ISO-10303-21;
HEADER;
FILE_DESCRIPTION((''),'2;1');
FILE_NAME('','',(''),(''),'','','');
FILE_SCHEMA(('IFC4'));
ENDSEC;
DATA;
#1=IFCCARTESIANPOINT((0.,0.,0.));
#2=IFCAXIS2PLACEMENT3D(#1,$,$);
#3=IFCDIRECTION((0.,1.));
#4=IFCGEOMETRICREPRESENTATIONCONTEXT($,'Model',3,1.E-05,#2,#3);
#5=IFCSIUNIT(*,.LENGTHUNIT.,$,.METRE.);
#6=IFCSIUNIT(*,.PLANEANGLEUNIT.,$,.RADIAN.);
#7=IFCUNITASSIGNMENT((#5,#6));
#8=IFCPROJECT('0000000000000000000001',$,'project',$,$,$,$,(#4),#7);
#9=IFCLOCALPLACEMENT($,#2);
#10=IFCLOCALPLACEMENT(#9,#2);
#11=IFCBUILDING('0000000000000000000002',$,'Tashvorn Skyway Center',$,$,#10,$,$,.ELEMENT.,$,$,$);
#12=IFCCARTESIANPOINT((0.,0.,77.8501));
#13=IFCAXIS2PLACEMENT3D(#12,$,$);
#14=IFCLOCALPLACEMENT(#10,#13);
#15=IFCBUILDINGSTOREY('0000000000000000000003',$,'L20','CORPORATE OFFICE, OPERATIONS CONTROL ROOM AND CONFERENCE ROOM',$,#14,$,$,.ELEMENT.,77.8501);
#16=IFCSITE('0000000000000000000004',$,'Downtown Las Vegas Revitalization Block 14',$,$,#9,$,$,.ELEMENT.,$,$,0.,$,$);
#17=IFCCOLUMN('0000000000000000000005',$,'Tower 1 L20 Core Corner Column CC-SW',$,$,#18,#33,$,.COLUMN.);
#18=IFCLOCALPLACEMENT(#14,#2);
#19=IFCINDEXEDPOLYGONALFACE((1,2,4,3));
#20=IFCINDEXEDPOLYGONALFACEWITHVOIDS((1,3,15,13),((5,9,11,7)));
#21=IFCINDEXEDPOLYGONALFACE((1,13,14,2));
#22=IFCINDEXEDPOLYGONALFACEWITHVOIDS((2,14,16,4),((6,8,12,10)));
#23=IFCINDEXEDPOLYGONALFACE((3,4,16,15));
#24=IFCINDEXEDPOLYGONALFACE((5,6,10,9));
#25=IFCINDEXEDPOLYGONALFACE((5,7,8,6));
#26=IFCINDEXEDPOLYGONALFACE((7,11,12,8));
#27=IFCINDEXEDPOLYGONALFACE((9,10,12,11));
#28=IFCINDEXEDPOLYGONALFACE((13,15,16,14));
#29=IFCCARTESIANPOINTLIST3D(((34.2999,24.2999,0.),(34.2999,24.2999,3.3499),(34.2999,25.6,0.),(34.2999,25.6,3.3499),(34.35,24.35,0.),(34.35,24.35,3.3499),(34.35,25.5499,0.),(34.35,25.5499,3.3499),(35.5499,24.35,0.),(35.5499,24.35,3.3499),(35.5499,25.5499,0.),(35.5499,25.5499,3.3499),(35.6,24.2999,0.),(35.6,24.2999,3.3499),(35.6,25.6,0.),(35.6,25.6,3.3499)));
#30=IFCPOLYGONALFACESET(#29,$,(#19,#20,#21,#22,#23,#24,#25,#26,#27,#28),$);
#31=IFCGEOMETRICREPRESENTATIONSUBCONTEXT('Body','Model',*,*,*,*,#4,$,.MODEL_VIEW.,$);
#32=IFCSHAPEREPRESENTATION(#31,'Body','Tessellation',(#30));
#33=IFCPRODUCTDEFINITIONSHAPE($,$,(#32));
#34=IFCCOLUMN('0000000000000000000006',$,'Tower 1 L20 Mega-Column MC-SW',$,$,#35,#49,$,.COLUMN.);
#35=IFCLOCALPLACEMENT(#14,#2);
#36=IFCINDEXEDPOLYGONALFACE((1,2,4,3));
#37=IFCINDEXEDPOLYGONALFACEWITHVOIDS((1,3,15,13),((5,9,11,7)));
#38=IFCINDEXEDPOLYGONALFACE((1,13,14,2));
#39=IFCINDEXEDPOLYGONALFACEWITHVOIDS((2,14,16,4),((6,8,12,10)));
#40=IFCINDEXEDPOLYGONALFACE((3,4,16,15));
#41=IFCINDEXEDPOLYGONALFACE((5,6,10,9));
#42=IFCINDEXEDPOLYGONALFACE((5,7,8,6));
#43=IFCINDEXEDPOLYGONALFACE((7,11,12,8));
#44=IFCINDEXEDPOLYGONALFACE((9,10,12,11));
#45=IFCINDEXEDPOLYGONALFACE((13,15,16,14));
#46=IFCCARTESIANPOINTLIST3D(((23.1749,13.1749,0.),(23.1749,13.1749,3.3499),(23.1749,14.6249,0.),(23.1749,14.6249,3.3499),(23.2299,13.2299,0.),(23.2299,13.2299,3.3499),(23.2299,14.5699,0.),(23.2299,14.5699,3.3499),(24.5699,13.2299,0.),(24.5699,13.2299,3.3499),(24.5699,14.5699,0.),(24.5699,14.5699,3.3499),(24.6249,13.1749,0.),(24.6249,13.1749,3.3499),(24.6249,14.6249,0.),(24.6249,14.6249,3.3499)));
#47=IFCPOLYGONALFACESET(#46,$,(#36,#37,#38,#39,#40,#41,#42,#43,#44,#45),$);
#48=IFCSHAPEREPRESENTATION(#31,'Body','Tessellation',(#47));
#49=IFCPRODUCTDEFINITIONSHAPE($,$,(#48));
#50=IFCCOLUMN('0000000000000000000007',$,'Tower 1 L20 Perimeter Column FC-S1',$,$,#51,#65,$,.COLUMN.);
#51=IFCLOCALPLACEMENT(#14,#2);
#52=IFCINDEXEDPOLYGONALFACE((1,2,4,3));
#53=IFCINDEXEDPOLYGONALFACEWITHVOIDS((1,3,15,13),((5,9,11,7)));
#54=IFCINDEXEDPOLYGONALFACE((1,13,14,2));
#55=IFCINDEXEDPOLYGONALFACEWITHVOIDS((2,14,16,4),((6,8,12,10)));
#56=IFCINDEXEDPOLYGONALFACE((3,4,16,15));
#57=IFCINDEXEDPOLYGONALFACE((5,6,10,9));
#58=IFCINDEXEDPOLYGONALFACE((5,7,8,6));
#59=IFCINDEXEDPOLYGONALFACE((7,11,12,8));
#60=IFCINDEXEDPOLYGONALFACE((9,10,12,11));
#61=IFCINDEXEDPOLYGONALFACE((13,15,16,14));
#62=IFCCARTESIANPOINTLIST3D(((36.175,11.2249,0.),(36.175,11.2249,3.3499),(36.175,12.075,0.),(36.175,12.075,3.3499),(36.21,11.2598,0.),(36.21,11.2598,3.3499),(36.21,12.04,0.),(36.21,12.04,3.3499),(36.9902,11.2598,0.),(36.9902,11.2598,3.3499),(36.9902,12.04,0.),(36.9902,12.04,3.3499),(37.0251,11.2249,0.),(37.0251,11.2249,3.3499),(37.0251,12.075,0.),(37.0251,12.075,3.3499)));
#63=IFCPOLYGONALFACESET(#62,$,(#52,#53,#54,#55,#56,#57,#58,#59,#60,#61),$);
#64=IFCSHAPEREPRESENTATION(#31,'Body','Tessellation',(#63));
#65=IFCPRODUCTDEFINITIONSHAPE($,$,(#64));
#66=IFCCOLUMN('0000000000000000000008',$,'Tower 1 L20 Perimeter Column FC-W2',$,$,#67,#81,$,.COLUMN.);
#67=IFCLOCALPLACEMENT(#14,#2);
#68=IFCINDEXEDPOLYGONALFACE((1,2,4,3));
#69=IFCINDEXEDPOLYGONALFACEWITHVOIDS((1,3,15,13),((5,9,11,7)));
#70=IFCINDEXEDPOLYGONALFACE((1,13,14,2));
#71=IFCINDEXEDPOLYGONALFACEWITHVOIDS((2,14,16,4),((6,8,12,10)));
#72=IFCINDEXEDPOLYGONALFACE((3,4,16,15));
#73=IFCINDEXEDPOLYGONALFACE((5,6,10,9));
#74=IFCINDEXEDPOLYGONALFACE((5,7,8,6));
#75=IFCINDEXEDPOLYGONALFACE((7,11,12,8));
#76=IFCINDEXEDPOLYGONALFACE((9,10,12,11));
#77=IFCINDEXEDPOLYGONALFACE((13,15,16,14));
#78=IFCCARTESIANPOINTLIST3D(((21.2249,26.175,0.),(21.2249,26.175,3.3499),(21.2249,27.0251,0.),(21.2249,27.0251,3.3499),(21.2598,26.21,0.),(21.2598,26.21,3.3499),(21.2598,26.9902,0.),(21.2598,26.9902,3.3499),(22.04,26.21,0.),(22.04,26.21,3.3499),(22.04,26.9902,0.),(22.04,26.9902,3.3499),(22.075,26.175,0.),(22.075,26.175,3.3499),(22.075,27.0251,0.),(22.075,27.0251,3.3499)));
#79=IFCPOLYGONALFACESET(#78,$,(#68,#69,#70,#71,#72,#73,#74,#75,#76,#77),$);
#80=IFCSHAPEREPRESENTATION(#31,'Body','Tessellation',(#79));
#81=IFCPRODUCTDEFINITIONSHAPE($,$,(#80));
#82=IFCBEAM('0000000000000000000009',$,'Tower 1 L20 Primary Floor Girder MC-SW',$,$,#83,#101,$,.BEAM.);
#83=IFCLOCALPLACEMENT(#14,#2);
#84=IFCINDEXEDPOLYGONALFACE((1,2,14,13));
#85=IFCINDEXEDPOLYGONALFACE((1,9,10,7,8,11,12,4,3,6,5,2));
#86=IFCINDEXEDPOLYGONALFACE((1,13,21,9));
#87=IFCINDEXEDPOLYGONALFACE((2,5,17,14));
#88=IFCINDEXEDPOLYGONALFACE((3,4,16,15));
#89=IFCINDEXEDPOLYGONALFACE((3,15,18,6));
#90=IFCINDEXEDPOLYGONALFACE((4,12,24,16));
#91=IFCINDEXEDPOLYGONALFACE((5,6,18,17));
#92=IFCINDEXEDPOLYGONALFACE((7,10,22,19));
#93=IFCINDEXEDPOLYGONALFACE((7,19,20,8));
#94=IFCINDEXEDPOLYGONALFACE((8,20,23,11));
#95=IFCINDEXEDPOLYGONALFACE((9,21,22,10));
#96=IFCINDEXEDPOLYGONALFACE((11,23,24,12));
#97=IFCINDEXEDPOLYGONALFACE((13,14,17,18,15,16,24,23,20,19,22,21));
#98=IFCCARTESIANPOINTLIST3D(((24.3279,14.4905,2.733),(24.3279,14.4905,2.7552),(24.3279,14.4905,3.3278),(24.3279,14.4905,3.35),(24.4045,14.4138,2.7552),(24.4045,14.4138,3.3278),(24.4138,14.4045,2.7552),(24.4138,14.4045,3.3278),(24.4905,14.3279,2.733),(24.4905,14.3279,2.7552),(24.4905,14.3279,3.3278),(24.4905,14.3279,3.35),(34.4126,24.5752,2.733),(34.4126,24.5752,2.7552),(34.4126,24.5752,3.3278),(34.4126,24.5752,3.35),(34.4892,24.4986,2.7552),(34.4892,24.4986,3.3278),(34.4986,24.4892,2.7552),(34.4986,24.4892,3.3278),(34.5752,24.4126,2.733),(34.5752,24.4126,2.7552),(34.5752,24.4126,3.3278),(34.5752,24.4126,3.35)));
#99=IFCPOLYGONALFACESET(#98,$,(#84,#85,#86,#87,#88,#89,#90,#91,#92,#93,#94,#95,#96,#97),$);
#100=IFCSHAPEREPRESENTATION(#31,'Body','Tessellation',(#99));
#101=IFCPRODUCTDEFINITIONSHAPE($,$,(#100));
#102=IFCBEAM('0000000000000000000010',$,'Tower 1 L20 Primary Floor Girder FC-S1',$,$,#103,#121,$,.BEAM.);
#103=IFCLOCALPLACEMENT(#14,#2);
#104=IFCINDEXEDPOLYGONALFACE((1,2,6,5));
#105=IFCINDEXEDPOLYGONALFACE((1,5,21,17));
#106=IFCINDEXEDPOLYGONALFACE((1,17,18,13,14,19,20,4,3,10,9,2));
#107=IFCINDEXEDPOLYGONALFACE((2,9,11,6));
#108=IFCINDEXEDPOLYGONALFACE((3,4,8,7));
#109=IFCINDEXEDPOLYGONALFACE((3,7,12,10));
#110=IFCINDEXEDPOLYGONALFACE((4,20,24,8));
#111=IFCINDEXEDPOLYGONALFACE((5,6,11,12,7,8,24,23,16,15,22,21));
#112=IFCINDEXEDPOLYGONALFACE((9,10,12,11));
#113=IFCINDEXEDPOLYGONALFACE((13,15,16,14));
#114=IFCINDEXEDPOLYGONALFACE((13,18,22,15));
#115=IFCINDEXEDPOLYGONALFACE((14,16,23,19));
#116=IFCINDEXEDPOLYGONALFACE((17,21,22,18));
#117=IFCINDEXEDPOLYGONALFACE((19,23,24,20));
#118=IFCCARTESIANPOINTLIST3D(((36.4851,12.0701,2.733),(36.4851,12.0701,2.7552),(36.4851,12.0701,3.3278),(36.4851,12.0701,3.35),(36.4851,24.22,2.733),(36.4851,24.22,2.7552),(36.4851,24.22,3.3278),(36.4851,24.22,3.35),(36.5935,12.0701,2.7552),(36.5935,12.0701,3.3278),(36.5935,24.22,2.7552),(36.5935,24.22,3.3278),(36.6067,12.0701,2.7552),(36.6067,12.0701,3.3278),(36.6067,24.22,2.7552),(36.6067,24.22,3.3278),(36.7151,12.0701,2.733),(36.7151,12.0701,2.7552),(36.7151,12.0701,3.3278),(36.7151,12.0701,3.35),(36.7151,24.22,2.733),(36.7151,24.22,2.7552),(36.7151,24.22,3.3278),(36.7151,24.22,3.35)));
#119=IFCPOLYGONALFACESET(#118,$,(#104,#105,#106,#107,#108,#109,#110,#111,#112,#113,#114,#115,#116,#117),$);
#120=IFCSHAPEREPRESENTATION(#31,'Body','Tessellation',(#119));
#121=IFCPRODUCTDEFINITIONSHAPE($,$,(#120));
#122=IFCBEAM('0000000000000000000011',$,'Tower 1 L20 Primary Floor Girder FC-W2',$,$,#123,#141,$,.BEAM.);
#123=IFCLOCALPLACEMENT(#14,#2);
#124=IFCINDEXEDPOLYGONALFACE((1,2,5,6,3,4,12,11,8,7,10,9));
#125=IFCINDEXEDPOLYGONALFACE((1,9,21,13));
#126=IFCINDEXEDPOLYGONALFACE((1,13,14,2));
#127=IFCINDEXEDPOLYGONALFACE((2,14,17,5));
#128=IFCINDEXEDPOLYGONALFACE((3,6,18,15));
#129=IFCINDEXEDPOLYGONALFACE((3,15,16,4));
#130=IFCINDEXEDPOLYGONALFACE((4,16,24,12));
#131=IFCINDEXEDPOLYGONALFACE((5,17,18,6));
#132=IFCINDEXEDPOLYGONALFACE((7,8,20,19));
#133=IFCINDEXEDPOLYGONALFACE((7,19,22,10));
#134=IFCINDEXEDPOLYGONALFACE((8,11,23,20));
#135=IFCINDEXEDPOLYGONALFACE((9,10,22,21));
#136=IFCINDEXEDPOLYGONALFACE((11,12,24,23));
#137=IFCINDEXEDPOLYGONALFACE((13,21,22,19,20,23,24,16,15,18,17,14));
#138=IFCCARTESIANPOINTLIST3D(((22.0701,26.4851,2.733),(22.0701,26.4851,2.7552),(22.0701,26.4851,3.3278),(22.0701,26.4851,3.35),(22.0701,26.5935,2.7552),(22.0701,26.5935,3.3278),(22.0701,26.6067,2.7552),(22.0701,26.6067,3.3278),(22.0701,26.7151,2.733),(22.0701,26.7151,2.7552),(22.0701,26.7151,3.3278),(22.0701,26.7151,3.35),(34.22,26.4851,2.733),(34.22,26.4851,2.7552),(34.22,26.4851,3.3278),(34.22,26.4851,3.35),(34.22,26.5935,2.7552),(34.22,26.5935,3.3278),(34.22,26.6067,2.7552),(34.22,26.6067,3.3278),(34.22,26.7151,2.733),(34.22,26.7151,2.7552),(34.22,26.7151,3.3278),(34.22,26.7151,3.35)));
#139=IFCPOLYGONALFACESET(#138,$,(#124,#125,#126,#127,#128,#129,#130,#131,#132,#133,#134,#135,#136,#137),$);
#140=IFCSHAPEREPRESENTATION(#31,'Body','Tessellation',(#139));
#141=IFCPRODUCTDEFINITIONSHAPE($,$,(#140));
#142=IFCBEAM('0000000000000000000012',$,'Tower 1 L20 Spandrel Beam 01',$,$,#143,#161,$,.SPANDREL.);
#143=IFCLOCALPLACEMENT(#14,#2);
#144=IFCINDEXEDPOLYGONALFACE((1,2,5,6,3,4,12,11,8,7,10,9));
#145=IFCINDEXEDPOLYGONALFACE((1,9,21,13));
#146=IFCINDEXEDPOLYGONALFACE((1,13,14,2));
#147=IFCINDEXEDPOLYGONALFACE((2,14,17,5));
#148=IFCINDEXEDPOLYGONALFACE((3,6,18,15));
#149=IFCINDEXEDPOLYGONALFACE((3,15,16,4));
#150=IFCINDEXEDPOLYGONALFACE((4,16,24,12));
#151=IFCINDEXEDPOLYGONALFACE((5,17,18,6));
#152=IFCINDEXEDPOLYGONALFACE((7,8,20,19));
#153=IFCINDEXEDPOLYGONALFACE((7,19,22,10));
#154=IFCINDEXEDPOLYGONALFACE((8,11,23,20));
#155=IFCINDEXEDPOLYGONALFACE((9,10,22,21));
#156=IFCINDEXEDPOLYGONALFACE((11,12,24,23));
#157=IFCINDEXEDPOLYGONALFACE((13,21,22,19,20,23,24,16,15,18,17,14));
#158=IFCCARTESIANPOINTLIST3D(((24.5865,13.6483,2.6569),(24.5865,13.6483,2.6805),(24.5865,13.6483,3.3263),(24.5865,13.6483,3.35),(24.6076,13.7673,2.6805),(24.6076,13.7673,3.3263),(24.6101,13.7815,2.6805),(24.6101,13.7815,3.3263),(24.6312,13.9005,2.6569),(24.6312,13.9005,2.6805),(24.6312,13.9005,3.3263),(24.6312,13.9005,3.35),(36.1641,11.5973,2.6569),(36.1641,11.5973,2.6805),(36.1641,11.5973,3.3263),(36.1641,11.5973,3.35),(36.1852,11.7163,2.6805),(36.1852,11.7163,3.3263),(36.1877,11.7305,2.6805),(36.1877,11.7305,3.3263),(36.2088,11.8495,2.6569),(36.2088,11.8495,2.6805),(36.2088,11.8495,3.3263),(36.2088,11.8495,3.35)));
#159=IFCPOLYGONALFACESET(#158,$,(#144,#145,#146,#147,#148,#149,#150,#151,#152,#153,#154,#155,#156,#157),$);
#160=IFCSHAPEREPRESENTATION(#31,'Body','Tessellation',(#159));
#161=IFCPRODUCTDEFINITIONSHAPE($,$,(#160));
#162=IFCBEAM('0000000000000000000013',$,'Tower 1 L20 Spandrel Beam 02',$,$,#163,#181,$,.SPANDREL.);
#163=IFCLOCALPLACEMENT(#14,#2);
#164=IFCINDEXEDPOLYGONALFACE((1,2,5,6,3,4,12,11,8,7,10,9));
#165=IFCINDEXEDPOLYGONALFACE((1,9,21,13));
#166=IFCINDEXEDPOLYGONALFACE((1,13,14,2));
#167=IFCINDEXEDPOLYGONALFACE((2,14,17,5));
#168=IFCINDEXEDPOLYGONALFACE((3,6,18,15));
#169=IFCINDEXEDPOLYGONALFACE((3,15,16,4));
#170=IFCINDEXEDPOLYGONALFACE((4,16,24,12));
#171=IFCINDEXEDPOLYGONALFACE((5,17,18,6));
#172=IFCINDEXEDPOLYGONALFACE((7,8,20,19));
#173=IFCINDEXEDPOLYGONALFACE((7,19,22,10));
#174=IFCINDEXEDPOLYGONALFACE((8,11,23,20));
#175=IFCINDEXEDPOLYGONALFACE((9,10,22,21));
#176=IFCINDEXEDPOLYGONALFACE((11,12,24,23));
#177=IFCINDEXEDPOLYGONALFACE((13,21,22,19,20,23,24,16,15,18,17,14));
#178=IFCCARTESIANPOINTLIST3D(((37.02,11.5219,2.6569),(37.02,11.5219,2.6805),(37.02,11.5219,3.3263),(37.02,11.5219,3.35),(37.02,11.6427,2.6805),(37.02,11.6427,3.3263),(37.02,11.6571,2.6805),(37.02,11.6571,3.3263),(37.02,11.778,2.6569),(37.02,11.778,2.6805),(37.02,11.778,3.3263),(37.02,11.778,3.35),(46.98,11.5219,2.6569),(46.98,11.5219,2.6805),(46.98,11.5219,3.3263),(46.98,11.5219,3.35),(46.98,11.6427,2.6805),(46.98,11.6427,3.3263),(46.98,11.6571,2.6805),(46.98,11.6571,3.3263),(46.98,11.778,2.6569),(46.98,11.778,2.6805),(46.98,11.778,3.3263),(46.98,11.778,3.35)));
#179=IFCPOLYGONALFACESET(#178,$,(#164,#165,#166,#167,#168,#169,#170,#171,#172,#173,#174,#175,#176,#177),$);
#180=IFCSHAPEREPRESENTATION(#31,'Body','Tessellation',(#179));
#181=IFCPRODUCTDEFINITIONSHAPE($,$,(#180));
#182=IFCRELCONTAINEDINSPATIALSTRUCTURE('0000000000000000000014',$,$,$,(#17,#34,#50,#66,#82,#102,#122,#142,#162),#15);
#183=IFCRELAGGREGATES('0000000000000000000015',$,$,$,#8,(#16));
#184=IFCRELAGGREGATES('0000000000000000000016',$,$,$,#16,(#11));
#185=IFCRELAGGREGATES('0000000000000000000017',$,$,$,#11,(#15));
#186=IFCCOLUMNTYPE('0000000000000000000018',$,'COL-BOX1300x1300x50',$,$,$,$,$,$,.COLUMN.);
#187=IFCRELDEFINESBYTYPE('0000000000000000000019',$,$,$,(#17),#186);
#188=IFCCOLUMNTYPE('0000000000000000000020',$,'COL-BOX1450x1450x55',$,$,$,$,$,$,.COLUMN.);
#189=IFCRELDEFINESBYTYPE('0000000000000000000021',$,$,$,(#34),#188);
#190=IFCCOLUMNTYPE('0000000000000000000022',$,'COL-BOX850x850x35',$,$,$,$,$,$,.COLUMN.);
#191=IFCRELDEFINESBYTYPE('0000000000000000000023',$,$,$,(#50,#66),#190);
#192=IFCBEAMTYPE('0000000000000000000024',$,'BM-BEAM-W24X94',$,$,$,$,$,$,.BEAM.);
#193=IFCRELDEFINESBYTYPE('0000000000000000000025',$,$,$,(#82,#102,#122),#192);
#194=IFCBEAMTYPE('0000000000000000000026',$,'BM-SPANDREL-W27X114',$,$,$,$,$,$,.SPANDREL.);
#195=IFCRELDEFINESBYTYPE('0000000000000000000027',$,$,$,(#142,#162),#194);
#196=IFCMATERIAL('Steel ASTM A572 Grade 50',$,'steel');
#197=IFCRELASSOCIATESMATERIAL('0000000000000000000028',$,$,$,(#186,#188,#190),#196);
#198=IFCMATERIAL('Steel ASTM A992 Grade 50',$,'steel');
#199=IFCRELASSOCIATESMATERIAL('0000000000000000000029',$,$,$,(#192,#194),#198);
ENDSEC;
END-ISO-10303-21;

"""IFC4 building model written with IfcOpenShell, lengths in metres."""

from ifc_helpers import new_model, si_unit, direction, frame, origin, origin_2d, place, context, subcontext, project, spatial, hollow_rectangle, i_section, extrude, material, material_profile, profile_set, type_object, element, save


model = new_model("IFC4")

# Units and contexts
model_context = context("Model", 3, precision=1e-05, world=origin(), true_north=direction((0.0, 1.0)))
body_context = subcontext(model_context, "Body", "Model", "MODEL_VIEW")
ifc_project = project(units=[si_unit("LENGTHUNIT", "METRE"), si_unit("PLANEANGLEUNIT", "RADIAN")], contexts=[model_context])

# Site, building, storey
site_placement = place(None, origin())
site = spatial("IfcSite", under=ifc_project, at=site_placement, Name="Downtown Las Vegas Revitalization Block 14", CompositionType="ELEMENT", RefElevation=0.0)
building_placement = place(site_placement, origin())
building = spatial("IfcBuilding", under=site, at=building_placement, Name="Tashvorn Skyway Center", CompositionType="ELEMENT")
storey_placement = place(building_placement, frame((0.0, 0.0, 77.8501)))
storey = spatial("IfcBuildingStorey", under=building, at=storey_placement, Name="L20", Description="CORPORATE OFFICE, OPERATIONS CONTROL ROOM AND CONFERENCE ROOM", CompositionType="ELEMENT", Elevation=77.8501)

# Columns
ifc_material_1 = material(Name="Steel ASTM A572 Grade 50", Category="steel")
ifc_material_profile_1 = material_profile(ifc_material_1, hollow_rectangle(XDim=1.3, YDim=1.3, WallThickness=0.05, at=origin_2d()), Name="BOX1300x1300x50")
ifc_profile_set_1 = profile_set([ifc_material_profile_1], Name="Steel ASTM A572 Grade 50")
column_type_1 = type_object("IfcColumnType", Name="COL-BOX1300x1300x50", PredefinedType="COLUMN", material=ifc_profile_set_1)
column_1_placement = place(storey_placement, frame((34.95, 24.95, 0.0), z_axis=(0.0, 0.0, 1.0), x_axis=(1.0, 0.0, 0.0)))
element("IfcColumn", 1, at=column_1_placement, inside=storey, type_object=column_type_1, Name="Tower 1 L20 Core Corner Column CC-SW", PredefinedType="COLUMN", context=body_context, shape_type="SweptSolid", body=[
    extrude(hollow_rectangle(XDim=1.3, YDim=1.3, WallThickness=0.05, at=origin_2d()), origin(), (0.0, 0.0, 1.0), 3.3499),
])
ifc_material_profile_2 = material_profile(ifc_material_1, hollow_rectangle(XDim=1.45, YDim=1.45, WallThickness=0.0549, at=origin_2d()), Name="BOX1450x1450x55")
ifc_profile_set_2 = profile_set([ifc_material_profile_2], Name="Steel ASTM A572 Grade 50")
column_type_2 = type_object("IfcColumnType", Name="COL-BOX1450x1450x55", PredefinedType="COLUMN", material=ifc_profile_set_2)
column_2_placement = place(storey_placement, frame((23.8999, 13.8999, 0.0), z_axis=(0.0, 0.0, 1.0), x_axis=(1.0, 0.0, 0.0)))
element("IfcColumn", 2, at=column_2_placement, inside=storey, type_object=column_type_2, Name="Tower 1 L20 Mega-Column MC-SW", PredefinedType="COLUMN", context=body_context, shape_type="SweptSolid", body=[
    extrude(hollow_rectangle(XDim=1.45, YDim=1.45, WallThickness=0.0549, at=origin_2d()), origin(), (0.0, 0.0, 1.0), 3.3499),
])
ifc_material_profile_3 = material_profile(ifc_material_1, hollow_rectangle(XDim=0.8501, YDim=0.8501, WallThickness=0.0349, at=origin_2d()), Name="BOX850x850x35")
ifc_profile_set_3 = profile_set([ifc_material_profile_3], Name="Steel ASTM A572 Grade 50")
column_type_3 = type_object("IfcColumnType", Name="COL-BOX850x850x35", PredefinedType="COLUMN", material=ifc_profile_set_3)
for number, where, z_axis, x_axis, name in (
    (3, (36.6001, 11.6499, 0.0), (0.0, 0.0, 1.0), (1.0, 0.0, 0.0), "Tower 1 L20 Perimeter Column FC-S1"),
    (4, (21.6499, 26.6001, 0.0), (0.0, 0.0, 1.0), (1.0, 0.0, 0.0), "Tower 1 L20 Perimeter Column FC-W2"),
):
    element("IfcColumn", number, at=place(storey_placement, frame(where, z_axis=z_axis, x_axis=x_axis)), inside=storey, type_object=column_type_3, Name=name, PredefinedType="COLUMN", context=body_context, shape_type="SweptSolid", body=[
        extrude(hollow_rectangle(XDim=0.8501, YDim=0.8501, WallThickness=0.0349, at=origin_2d()), origin(), (0.0, 0.0, 1.0), 3.3499),
    ])

# Beams
ifc_material_2 = material(Name="Steel ASTM A992 Grade 50", Category="steel")
ifc_material_profile_4 = material_profile(ifc_material_2, i_section(OverallWidth=0.23, OverallDepth=0.6169, WebThickness=0.0132, FlangeThickness=0.0222, at=origin_2d()), Name="W24X94")
ifc_profile_set_4 = profile_set([ifc_material_profile_4], Name="Steel ASTM A992 Grade 50")
beam_type_1 = type_object("IfcBeamType", Name="BM-BEAM-W24X94", PredefinedType="BEAM", material=ifc_profile_set_4)
beam_1_placement = place(storey_placement, frame((24.4092, 14.4092, 3.0415), z_axis=(0.707107, 0.707107, 0.0), x_axis=(-0.707107, 0.707107, 0.0)))
element("IfcBeam", 5, at=beam_1_placement, inside=storey, type_object=beam_type_1, Name="Tower 1 L20 Primary Floor Girder MC-SW", PredefinedType="BEAM", context=body_context, shape_type="SweptSolid", body=[
    extrude(i_section(OverallWidth=0.23, OverallDepth=0.6169, WebThickness=0.0132, FlangeThickness=0.0222, at=origin_2d()), origin(), (0.0, 0.0, 1.0), 14.262),
])
for number, where, z_axis, x_axis, name in (
    (6, (36.6001, 12.0701, 3.0415), (0.0, 1.0, 0.0), (-1.0, 0.0, 0.0), "Tower 1 L20 Primary Floor Girder FC-S1"),
    (7, (22.0701, 26.6001, 3.0415), (1.0, 0.0, 0.0), (0.0, 1.0, 0.0), "Tower 1 L20 Primary Floor Girder FC-W2"),
):
    element("IfcBeam", number, at=place(storey_placement, frame(where, z_axis=z_axis, x_axis=x_axis)), inside=storey, type_object=beam_type_1, Name=name, PredefinedType="BEAM", context=body_context, shape_type="SweptSolid", body=[
        extrude(i_section(OverallWidth=0.23, OverallDepth=0.6169, WebThickness=0.0132, FlangeThickness=0.0222, at=origin_2d()), origin(), (0.0, 0.0, 1.0), 12.1499),
    ])
ifc_material_profile_5 = material_profile(ifc_material_2, i_section(OverallWidth=0.2561, OverallDepth=0.6931, WebThickness=0.0144, FlangeThickness=0.0237, at=origin_2d()), Name="W27X114")
ifc_profile_set_5 = profile_set([ifc_material_profile_5], Name="Steel ASTM A992 Grade 50")
beam_type_2 = type_object("IfcBeamType", Name="BM-SPANDREL-W27X114", PredefinedType="SPANDREL", material=ifc_profile_set_5)
beam_2_placement = place(storey_placement, frame((24.6089, 13.7744, 3.0034), z_axis=(0.984668, -0.174438, 0.0), x_axis=(0.174438, 0.984668, 0.0)))
element("IfcBeam", 8, at=beam_2_placement, inside=storey, type_object=beam_type_2, Name="Tower 1 L20 Spandrel Beam 01", PredefinedType="SPANDREL", context=body_context, shape_type="SweptSolid", body=[
    extrude(i_section(OverallWidth=0.2561, OverallDepth=0.6931, WebThickness=0.0144, FlangeThickness=0.0237, at=origin_2d()), origin(), (0.0, 0.0, 1.0), 11.7578),
])
beam_3_placement = place(storey_placement, frame((37.02, 11.6499, 3.0034), z_axis=(1.0, 0.0, 0.0), x_axis=(0.0, 1.0, 0.0)))
element("IfcBeam", 9, at=beam_3_placement, inside=storey, type_object=beam_type_2, Name="Tower 1 L20 Spandrel Beam 02", PredefinedType="SPANDREL", context=body_context, shape_type="SweptSolid", body=[
    extrude(i_section(OverallWidth=0.2561, OverallDepth=0.6931, WebThickness=0.0144, FlangeThickness=0.0237, at=origin_2d()), origin(), (0.0, 0.0, 1.0), 9.96),
])

save(model, "model.ifc")
